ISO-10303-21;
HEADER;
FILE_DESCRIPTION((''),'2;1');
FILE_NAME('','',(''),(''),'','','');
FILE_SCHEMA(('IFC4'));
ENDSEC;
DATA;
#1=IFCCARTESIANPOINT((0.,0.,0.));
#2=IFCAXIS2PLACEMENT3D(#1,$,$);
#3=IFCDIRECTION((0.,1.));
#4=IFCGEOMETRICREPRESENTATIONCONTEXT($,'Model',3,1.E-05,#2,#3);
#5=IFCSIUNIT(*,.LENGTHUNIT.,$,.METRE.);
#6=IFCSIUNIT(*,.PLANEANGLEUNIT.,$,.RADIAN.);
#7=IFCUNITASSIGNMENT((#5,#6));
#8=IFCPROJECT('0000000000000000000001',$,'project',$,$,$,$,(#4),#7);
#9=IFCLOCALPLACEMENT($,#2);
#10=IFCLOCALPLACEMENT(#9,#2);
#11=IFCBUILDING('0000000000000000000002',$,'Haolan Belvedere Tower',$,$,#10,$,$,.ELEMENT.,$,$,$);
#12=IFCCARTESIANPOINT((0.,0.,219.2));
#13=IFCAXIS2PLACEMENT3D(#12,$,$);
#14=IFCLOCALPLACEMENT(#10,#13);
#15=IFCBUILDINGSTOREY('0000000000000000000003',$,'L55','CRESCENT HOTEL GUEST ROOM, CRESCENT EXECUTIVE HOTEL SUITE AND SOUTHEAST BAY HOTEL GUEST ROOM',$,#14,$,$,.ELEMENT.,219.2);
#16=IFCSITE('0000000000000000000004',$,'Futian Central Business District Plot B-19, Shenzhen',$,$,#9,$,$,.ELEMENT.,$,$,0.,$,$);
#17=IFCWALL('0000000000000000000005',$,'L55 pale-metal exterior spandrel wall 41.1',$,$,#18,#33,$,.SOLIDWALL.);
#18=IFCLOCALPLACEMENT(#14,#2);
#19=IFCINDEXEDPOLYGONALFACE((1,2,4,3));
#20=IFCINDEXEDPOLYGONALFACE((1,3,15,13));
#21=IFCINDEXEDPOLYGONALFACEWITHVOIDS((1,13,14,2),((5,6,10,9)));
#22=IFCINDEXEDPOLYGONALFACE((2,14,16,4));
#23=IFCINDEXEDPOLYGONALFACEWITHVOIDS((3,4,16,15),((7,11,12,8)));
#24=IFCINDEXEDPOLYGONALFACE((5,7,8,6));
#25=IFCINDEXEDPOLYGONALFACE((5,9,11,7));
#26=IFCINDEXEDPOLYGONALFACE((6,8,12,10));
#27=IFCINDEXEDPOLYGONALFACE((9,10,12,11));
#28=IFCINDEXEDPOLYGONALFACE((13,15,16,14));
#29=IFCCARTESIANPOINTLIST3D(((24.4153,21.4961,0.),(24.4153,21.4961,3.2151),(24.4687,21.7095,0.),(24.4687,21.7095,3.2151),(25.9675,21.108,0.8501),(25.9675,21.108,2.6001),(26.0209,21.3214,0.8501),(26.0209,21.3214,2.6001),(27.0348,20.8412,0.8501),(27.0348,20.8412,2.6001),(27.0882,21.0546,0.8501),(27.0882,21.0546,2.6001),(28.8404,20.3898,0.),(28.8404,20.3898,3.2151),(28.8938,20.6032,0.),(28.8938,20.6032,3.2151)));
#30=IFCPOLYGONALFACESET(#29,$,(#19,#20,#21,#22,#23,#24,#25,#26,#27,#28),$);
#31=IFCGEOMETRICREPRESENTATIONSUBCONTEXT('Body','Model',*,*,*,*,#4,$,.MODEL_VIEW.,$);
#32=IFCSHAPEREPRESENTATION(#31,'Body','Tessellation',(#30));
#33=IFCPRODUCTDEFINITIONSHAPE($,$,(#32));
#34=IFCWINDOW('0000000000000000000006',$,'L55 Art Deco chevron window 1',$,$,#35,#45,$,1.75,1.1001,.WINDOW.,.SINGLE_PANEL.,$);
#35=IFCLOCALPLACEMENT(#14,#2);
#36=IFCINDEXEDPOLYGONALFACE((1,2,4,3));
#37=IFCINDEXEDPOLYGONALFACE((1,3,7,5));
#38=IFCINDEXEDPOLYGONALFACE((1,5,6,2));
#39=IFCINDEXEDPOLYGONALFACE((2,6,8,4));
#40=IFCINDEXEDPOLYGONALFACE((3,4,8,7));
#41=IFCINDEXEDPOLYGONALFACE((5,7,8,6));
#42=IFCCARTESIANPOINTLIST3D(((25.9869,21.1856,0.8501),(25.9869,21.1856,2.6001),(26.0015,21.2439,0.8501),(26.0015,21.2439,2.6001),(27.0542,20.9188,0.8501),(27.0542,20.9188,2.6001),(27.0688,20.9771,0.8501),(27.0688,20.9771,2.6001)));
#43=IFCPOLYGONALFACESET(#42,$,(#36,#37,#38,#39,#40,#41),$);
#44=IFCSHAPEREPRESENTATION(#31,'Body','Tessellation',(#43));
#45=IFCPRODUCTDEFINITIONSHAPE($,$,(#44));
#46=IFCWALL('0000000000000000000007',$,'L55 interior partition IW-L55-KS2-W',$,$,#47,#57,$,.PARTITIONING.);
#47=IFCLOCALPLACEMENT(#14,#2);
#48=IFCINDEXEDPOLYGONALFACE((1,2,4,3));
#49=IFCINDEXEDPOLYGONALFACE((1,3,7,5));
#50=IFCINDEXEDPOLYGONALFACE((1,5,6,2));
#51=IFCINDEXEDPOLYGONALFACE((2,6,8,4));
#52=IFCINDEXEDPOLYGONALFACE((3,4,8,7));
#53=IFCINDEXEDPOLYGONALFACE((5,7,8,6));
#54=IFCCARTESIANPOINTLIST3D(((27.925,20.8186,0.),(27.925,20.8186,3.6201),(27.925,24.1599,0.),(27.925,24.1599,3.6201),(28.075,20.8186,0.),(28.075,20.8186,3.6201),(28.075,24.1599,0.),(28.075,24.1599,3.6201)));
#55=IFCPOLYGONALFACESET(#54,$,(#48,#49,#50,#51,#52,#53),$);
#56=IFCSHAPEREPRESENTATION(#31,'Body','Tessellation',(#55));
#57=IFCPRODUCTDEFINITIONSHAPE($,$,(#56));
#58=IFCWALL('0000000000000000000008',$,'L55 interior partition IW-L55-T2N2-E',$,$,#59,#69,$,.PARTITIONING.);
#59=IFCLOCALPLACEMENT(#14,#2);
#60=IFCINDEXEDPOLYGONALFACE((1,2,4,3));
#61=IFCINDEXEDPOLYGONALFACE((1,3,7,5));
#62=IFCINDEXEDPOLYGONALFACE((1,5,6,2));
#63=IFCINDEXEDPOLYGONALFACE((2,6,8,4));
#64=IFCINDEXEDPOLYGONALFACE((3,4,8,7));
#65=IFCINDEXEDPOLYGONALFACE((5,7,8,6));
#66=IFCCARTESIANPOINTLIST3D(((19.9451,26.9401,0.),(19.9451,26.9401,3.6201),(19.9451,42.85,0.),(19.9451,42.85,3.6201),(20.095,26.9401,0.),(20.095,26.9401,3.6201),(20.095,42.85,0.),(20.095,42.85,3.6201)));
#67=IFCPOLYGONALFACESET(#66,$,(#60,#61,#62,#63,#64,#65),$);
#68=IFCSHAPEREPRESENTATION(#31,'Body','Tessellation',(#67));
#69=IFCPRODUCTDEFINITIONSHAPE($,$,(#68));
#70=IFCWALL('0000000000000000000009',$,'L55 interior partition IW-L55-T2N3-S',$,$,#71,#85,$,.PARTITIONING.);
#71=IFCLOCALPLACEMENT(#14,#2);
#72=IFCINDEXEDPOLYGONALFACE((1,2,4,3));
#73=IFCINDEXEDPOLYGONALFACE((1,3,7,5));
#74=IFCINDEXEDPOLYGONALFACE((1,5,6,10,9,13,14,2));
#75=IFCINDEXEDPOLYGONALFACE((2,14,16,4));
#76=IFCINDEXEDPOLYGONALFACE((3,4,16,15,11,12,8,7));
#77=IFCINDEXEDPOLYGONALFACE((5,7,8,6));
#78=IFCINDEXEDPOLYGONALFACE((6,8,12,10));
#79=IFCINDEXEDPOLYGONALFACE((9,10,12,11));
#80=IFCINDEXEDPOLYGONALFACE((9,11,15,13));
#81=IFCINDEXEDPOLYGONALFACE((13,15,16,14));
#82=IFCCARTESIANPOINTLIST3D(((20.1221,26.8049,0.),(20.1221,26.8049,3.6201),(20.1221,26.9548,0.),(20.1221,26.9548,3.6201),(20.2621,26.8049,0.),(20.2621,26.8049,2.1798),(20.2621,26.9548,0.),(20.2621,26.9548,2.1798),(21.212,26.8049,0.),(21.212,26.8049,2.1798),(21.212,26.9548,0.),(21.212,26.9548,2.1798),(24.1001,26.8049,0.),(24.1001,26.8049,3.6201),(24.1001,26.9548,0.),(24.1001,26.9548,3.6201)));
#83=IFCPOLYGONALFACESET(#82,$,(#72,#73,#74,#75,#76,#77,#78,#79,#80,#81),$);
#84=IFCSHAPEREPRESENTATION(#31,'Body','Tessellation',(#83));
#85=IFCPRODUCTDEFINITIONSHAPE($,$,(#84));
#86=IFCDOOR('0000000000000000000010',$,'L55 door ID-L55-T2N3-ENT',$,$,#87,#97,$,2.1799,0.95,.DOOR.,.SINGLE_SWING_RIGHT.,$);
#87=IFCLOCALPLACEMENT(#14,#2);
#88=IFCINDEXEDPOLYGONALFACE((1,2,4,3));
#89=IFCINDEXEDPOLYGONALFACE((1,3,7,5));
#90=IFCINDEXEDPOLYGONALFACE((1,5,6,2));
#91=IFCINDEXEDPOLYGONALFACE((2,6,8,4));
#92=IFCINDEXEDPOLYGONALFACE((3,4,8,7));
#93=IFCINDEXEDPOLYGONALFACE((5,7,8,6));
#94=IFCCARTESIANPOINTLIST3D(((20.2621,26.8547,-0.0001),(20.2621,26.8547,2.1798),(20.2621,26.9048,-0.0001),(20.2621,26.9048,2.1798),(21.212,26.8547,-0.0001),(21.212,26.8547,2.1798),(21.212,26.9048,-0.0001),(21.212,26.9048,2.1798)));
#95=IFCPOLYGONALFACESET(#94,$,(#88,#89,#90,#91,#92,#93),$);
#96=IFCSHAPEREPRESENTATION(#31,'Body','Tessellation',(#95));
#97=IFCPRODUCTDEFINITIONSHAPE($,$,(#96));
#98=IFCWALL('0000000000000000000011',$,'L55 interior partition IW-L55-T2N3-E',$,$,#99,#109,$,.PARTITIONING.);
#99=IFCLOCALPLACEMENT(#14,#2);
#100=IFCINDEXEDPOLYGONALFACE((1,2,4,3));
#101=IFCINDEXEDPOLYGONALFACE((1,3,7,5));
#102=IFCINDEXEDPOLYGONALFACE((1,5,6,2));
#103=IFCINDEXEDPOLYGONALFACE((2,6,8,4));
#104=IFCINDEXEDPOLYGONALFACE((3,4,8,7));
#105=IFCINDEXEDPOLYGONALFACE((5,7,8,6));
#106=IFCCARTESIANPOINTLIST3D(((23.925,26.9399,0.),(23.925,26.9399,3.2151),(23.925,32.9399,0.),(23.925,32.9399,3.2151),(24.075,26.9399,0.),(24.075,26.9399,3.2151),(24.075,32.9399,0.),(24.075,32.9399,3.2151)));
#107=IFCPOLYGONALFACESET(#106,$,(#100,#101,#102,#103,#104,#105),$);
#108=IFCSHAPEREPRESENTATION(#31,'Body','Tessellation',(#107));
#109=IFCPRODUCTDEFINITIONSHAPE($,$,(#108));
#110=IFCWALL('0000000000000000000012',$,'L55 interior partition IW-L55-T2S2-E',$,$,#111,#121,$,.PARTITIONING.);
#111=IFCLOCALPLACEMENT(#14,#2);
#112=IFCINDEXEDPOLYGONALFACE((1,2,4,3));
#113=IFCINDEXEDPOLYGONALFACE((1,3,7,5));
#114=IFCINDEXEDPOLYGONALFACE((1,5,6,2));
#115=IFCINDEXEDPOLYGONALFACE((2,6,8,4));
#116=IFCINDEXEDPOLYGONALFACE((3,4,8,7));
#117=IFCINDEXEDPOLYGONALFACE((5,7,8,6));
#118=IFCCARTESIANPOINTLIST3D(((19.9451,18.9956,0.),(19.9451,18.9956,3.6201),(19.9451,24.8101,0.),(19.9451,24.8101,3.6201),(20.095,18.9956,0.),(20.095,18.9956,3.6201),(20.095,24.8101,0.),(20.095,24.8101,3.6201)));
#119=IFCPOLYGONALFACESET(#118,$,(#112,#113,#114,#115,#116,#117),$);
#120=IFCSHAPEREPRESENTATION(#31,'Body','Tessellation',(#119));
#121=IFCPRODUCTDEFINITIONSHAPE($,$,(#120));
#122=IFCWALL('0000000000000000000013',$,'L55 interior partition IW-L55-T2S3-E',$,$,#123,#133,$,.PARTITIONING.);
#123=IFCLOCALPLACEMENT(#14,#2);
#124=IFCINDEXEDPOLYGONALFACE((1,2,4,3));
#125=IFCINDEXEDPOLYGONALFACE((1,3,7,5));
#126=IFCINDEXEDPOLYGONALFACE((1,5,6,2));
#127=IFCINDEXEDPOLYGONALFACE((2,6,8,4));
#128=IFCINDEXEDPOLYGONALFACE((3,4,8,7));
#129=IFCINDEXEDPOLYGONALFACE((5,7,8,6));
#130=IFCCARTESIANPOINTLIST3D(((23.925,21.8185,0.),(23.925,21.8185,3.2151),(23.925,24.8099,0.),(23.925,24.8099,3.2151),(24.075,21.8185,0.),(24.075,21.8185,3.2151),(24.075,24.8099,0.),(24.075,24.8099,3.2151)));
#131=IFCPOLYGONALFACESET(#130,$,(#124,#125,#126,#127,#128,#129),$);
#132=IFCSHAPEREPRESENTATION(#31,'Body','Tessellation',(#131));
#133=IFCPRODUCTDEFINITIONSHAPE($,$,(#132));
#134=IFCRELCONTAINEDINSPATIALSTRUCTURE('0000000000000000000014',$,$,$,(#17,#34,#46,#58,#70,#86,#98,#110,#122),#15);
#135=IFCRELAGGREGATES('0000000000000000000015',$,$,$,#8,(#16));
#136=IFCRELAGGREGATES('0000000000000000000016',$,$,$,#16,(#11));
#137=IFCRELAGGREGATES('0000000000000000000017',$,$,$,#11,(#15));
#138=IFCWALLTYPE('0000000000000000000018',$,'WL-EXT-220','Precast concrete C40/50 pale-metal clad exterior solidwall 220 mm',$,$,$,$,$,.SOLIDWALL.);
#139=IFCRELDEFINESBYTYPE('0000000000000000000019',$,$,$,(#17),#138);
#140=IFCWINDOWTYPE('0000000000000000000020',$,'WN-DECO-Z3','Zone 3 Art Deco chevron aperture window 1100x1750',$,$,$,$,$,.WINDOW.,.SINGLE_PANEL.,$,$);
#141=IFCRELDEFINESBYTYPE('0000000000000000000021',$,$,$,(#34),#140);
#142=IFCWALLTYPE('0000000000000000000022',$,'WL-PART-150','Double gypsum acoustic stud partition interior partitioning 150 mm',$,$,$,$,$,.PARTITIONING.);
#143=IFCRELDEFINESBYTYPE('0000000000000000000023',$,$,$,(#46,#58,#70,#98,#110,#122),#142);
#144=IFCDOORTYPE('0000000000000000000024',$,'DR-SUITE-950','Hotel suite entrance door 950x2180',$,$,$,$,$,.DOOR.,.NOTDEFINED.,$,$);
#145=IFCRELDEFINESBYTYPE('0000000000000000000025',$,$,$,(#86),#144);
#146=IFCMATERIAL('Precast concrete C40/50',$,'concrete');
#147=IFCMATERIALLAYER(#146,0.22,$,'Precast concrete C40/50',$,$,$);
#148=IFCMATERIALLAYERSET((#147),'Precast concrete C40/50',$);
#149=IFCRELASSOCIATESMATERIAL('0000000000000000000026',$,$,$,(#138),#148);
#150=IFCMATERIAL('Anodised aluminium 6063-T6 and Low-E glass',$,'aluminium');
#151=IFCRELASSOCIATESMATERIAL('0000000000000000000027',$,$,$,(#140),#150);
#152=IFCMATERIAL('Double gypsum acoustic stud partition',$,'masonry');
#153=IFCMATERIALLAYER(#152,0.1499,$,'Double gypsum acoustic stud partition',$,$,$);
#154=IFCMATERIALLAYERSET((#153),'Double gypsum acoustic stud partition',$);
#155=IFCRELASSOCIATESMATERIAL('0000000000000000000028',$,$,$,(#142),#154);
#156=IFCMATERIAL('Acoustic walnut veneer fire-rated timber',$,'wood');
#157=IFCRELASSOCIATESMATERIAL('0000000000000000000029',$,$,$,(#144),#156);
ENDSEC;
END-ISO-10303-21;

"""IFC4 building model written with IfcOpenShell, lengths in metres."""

from ifc_helpers import new_model, si_unit, direction, frame, frame_2d, origin, place, context, subcontext, project, spatial, rectangle, extrude, material, layer, layer_set, type_object, element, fill, save


model = new_model("IFC4")

# Units and contexts
model_context = context("Model", 3, precision=1e-05, world=origin(), true_north=direction((0.0, 1.0)))
body_context = subcontext(model_context, "Body", "Model", "MODEL_VIEW")
ifc_project = project(units=[si_unit("LENGTHUNIT", "METRE"), si_unit("PLANEANGLEUNIT", "RADIAN")], contexts=[model_context])

# Site, building, storey
site_placement = place(None, origin())
site = spatial("IfcSite", under=ifc_project, at=site_placement, Name="Futian Central Business District Plot B-19, Shenzhen", CompositionType="ELEMENT", RefElevation=0.0)
building_placement = place(site_placement, origin())
building = spatial("IfcBuilding", under=site, at=building_placement, Name="Haolan Belvedere Tower", CompositionType="ELEMENT")
storey_placement = place(building_placement, frame((0.0, 0.0, 219.2)))
storey = spatial("IfcBuildingStorey", under=building, at=storey_placement, Name="L55", Description="CRESCENT HOTEL GUEST ROOM, CRESCENT EXECUTIVE HOTEL SUITE AND SOUTHEAST BAY HOTEL GUEST ROOM", CompositionType="ELEMENT", Elevation=219.2)

# Shared definitions
ifc_material_1 = material(Name="Precast concrete C40/50", Category="concrete")
ifc_layer_1 = layer(ifc_material_1, 0.22, Name="Precast concrete C40/50")
ifc_layer_set_1 = layer_set([ifc_layer_1], Name="Precast concrete C40/50")
wall_type_1 = type_object("IfcWallType", Name="WL-EXT-220", Description="Precast concrete C40/50 pale-metal clad exterior solidwall 220 mm", PredefinedType="SOLIDWALL", material=ifc_layer_set_1)

# Wall, opening, window
wall_1_placement = place(storey_placement, frame((24.4419, 21.6028, 0.0), z_axis=(0.0, 0.0, 1.0), x_axis=(0.970146, -0.242523, 0.0)))
wall_1 = element("IfcWall", 1, at=wall_1_placement, inside=storey, type_object=wall_type_1, Name="L55 pale-metal exterior spandrel wall 41.1", PredefinedType="SOLIDWALL", context=body_context, shape_type="SweptSolid", body=[
    extrude(rectangle(XDim=4.5613, YDim=0.22, at=frame_2d((2.2808, 0.0))), origin(), (0.0, 0.0, 1.0), 3.2151),
])
opening_1_placement = place(wall_1_placement, frame((1.6001, 0.0, 0.8501)))
opening_1 = element("IfcOpeningElement", 2, at=opening_1_placement, cuts=wall_1, PredefinedType="OPENING", context=body_context, shape_type="SweptSolid", body=[
    extrude(rectangle(XDim=1.1001, YDim=1.75, at=frame_2d((0.55, 0.875))), frame((0.0, 0.1199, 0.0), z_axis=(0.0, -1.0, 0.0), x_axis=(1.0, 0.0, 0.0)), (0.0, 0.0, 1.0), 0.24),
])
ifc_material_2 = material(Name="Anodised aluminium 6063-T6 and Low-E glass", Category="aluminium")
window_type = type_object("IfcWindowType", Name="WN-DECO-Z3", Description="Zone 3 Art Deco chevron aperture window 1100x1750", PartitioningType="SINGLE_PANEL", PredefinedType="WINDOW", material=ifc_material_2)
window_placement = place(opening_1_placement, origin())
window = element("IfcWindow", 3, at=window_placement, inside=storey, type_object=window_type, Name="L55 Art Deco chevron window 1", OverallHeight=1.75, OverallWidth=1.1001, PartitioningType="SINGLE_PANEL", PredefinedType="WINDOW", context=body_context, shape_type="SweptSolid", body=[
    extrude(rectangle(XDim=1.1001, YDim=1.75, at=frame_2d((0.55, 0.875))), frame((0.0, 0.03, 0.0), z_axis=(0.0, -1.0, 0.0), x_axis=(1.0, 0.0, 0.0)), (0.0, 0.0, 1.0), 0.0601),
])
fill(opening_1, window)

# Shared definitions
ifc_material_3 = material(Name="Double gypsum acoustic stud partition", Category="masonry")
ifc_layer_2 = layer(ifc_material_3, 0.1499, Name="Double gypsum acoustic stud partition")
ifc_layer_set_2 = layer_set([ifc_layer_2], Name="Double gypsum acoustic stud partition")
wall_type_2 = type_object("IfcWallType", Name="WL-PART-150", Description="Double gypsum acoustic stud partition interior partitioning 150 mm", PredefinedType="PARTITIONING", material=ifc_layer_set_2)

# Walls
wall_2_placement = place(storey_placement, frame((28.0, 20.8186, 0.0), z_axis=(0.0, 0.0, 1.0), x_axis=(0.0, 1.0, 0.0)))
element("IfcWall", 4, at=wall_2_placement, inside=storey, type_object=wall_type_2, Name="L55 interior partition IW-L55-KS2-W", PredefinedType="PARTITIONING", context=body_context, shape_type="SweptSolid", body=[
    extrude(rectangle(XDim=3.3413, YDim=0.1499, at=frame_2d((1.6707, 0.0))), origin(), (0.0, 0.0, 1.0), 3.6201),
])
wall_3_placement = place(storey_placement, frame((20.02, 26.9399, 0.0), z_axis=(0.0, 0.0, 1.0), x_axis=(0.0, 1.0, 0.0)))
element("IfcWall", 5, at=wall_3_placement, inside=storey, type_object=wall_type_2, Name="L55 interior partition IW-L55-T2N2-E", PredefinedType="PARTITIONING", context=body_context, shape_type="SweptSolid", body=[
    extrude(rectangle(XDim=15.9099, YDim=0.1499, at=frame_2d((7.9551, 0.0))), origin(), (0.0, 0.0, 1.0), 3.6201),
])

# Wall, opening, door
wall_4_placement = place(storey_placement, frame((20.1221, 26.8799, 0.0), z_axis=(0.0, 0.0, 1.0), x_axis=(1.0, 0.0, 0.0)))
wall_4 = element("IfcWall", 6, at=wall_4_placement, inside=storey, type_object=wall_type_2, Name="L55 interior partition IW-L55-T2N3-S", PredefinedType="PARTITIONING", context=body_context, shape_type="SweptSolid", body=[
    extrude(rectangle(XDim=3.978, YDim=0.1499, at=frame_2d((1.989, 0.0))), origin(), (0.0, 0.0, 1.0), 3.6201),
])
opening_2_placement = place(wall_4_placement, frame((0.1399, 0.0, 0.0)))
opening_2 = element("IfcOpeningElement", 7, at=opening_2_placement, cuts=wall_4, PredefinedType="OPENING", context=body_context, shape_type="SweptSolid", body=[
    extrude(rectangle(XDim=0.95, YDim=2.1799, at=frame_2d((0.4751, 1.0898))), frame((0.0, 0.085, 0.0), z_axis=(0.0, -1.0, 0.0), x_axis=(1.0, 0.0, 0.0)), (0.0, 0.0, 1.0), 0.1699),
])
ifc_material_4 = material(Name="Acoustic walnut veneer fire-rated timber", Category="wood")
door_type_1 = type_object("IfcDoorType", Name="DR-SUITE-950", Description="Hotel suite entrance door 950x2180", OperationType="NOTDEFINED", PredefinedType="DOOR", material=ifc_material_4)
door_1_placement = place(opening_2_placement, origin())
door_1 = element("IfcDoor", 8, at=door_1_placement, inside=storey, type_object=door_type_1, Name="L55 door ID-L55-T2N3-ENT", OperationType="SINGLE_SWING_RIGHT", OverallHeight=2.1799, OverallWidth=0.95, PredefinedType="DOOR", context=body_context, shape_type="SweptSolid", body=[
    extrude(rectangle(XDim=0.95, YDim=2.1799, at=frame_2d((0.4751, 1.0898))), frame((0.0, 0.0249, 0.0), z_axis=(0.0, -1.0, 0.0), x_axis=(1.0, 0.0, 0.0)), (0.0, 0.0, 1.0), 0.05),
])
fill(opening_2, door_1)

# Walls
wall_5_placement = place(storey_placement, frame((24.0, 26.9399, 0.0), z_axis=(0.0, 0.0, 1.0), x_axis=(0.0, 1.0, 0.0)))
element("IfcWall", 9, at=wall_5_placement, inside=storey, type_object=wall_type_2, Name="L55 interior partition IW-L55-T2N3-E", PredefinedType="PARTITIONING", context=body_context, shape_type="SweptSolid", body=[
    extrude(rectangle(XDim=6.0, YDim=0.1499, at=frame_2d((3.0, 0.0))), origin(), (0.0, 0.0, 1.0), 3.2151),
])
wall_6_placement = place(storey_placement, frame((20.02, 18.9956, 0.0), z_axis=(0.0, 0.0, 1.0), x_axis=(0.0, 1.0, 0.0)))
element("IfcWall", 10, at=wall_6_placement, inside=storey, type_object=wall_type_2, Name="L55 interior partition IW-L55-T2S2-E", PredefinedType="PARTITIONING", context=body_context, shape_type="SweptSolid", body=[
    extrude(rectangle(XDim=5.8145, YDim=0.1499, at=frame_2d((2.9072, 0.0))), origin(), (0.0, 0.0, 1.0), 3.6201),
])

# Wall
wall_7_placement = place(storey_placement, frame((24.0, 21.8186, 0.0), z_axis=(0.0, 0.0, 1.0), x_axis=(0.0, 1.0, 0.0)))
element("IfcWall", 11, at=wall_7_placement, inside=storey, type_object=wall_type_2, Name="L55 interior partition IW-L55-T2S3-E", PredefinedType="PARTITIONING", context=body_context, shape_type="SweptSolid", body=[
    extrude(rectangle(XDim=2.9915, YDim=0.1499, at=frame_2d((1.4956, 0.0))), origin(), (0.0, 0.0, 1.0), 3.2151),
])

save(model, "model.ifc")
